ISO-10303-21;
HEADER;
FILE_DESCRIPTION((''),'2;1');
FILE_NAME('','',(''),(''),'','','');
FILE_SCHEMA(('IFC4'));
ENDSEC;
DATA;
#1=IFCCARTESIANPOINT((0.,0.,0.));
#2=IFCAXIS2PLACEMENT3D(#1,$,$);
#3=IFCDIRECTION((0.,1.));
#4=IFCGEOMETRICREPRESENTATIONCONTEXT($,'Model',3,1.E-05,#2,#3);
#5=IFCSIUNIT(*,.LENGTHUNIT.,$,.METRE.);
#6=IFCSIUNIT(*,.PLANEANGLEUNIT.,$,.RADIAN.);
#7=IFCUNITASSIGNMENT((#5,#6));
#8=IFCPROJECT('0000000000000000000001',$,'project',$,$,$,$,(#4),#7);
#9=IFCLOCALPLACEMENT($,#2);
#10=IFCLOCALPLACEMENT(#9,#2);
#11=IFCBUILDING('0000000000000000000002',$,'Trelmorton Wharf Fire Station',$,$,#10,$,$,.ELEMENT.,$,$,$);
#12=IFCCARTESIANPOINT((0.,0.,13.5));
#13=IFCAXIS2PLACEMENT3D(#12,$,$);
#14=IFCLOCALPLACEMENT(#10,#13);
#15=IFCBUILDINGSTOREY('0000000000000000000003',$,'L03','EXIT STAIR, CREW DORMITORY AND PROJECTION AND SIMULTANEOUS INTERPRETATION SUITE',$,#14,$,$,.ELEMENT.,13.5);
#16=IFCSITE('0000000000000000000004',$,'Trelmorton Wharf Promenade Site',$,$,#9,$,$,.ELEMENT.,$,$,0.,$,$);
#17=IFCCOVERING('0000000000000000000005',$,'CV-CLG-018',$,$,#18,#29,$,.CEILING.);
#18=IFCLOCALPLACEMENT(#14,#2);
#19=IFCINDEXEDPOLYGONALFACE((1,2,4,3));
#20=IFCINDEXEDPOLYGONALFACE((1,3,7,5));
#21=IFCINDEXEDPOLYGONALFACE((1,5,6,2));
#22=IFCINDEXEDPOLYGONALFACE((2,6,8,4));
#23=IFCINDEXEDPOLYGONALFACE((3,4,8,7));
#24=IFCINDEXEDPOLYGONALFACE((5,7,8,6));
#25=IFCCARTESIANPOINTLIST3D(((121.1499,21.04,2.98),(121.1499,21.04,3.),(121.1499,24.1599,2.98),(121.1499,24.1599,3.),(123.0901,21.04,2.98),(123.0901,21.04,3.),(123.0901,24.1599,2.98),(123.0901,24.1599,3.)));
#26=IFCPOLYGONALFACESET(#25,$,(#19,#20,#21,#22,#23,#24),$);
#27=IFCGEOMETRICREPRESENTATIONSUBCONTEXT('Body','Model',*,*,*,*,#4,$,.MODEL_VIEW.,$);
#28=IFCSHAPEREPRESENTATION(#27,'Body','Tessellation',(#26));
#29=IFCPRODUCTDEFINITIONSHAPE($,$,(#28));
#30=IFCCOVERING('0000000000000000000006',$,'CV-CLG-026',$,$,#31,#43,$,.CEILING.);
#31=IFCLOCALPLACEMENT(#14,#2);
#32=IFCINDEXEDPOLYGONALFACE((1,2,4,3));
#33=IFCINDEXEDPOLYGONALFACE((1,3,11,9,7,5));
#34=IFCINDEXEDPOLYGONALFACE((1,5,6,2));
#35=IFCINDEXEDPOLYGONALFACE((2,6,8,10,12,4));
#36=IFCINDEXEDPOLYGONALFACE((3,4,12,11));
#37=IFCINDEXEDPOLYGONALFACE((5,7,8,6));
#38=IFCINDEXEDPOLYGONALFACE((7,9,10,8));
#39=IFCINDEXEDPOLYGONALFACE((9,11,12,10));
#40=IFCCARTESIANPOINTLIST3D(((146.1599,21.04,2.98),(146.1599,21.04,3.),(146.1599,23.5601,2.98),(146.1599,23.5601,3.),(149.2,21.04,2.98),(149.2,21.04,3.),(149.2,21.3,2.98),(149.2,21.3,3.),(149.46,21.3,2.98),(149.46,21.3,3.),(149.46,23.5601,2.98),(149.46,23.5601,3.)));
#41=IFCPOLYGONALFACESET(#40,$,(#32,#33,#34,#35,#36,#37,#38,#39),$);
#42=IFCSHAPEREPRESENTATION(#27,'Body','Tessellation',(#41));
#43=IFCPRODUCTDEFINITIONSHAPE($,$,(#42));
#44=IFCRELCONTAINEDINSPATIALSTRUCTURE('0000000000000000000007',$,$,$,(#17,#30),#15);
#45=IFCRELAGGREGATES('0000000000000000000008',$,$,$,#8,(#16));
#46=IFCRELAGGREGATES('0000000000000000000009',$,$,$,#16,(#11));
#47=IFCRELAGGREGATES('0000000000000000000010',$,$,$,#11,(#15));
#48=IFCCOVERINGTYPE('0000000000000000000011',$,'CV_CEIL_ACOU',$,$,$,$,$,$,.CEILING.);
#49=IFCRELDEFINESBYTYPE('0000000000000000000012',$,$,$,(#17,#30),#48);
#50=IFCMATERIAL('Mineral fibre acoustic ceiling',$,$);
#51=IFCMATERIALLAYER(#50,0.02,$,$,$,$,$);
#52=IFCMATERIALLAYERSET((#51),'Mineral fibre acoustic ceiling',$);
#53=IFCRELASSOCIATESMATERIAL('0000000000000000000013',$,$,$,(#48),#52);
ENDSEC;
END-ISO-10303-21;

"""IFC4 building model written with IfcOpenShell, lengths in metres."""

from ifc_helpers import new_model, si_unit, direction, frame, origin, place, context, subcontext, project, spatial, polyline, outline, extrude, material, layer, layer_set, type_object, element, save


model = new_model("IFC4")

# Units and contexts
model_context = context("Model", 3, precision=1e-05, world=origin(), true_north=direction((0.0, 1.0)))
body_context = subcontext(model_context, "Body", "Model", "MODEL_VIEW")
ifc_project = project(units=[si_unit("LENGTHUNIT", "METRE"), si_unit("PLANEANGLEUNIT", "RADIAN")], contexts=[model_context])

# Site, building, storey
site_placement = place(None, origin())
site = spatial("IfcSite", under=ifc_project, at=site_placement, Name="Trelmorton Wharf Promenade Site", CompositionType="ELEMENT", RefElevation=0.0)
building_placement = place(site_placement, origin())
building = spatial("IfcBuilding", under=site, at=building_placement, Name="Trelmorton Wharf Fire Station", CompositionType="ELEMENT")
storey_placement = place(building_placement, frame((0.0, 0.0, 13.5)))
storey = spatial("IfcBuildingStorey", under=building, at=storey_placement, Name="L03", Description="EXIT STAIR, CREW DORMITORY AND PROJECTION AND SIMULTANEOUS INTERPRETATION SUITE", CompositionType="ELEMENT", Elevation=13.5)

# Coverings
ifc_material_1 = material(Name="Mineral fibre acoustic ceiling")
ifc_layer_1 = layer(ifc_material_1, 0.02)
ifc_layer_set_1 = layer_set([ifc_layer_1], Name="Mineral fibre acoustic ceiling")
covering_type = type_object("IfcCoveringType", Name="CV_CEIL_ACOU", PredefinedType="CEILING", material=ifc_layer_set_1)
covering_1_placement = place(storey_placement, frame((0.0, 0.0, 2.98)))
element("IfcCovering", 1, at=covering_1_placement, inside=storey, type_object=covering_type, Name="CV-CLG-018", PredefinedType="CEILING", context=body_context, shape_type="SweptSolid", body=[
    extrude(outline(polyline([(123.0901, 21.04), (123.0901, 24.1599), (121.1499, 24.1599), (121.1499, 21.04), (123.0901, 21.04)])), origin(), (0.0, 0.0, 1.0), 0.02),
])
covering_2_placement = place(storey_placement, frame((0.0, 0.0, 2.98)))
element("IfcCovering", 2, at=covering_2_placement, inside=storey, type_object=covering_type, Name="CV-CLG-026", PredefinedType="CEILING", context=body_context, shape_type="SweptSolid", body=[
    extrude(outline(polyline([(146.1599, 21.04), (146.1599, 23.5601), (149.46, 23.5601), (149.46, 21.3), (149.2, 21.3), (149.2, 21.04), (146.1599, 21.04)])), origin(), (0.0, 0.0, 1.0), 0.02),
])

save(model, "model.ifc")
